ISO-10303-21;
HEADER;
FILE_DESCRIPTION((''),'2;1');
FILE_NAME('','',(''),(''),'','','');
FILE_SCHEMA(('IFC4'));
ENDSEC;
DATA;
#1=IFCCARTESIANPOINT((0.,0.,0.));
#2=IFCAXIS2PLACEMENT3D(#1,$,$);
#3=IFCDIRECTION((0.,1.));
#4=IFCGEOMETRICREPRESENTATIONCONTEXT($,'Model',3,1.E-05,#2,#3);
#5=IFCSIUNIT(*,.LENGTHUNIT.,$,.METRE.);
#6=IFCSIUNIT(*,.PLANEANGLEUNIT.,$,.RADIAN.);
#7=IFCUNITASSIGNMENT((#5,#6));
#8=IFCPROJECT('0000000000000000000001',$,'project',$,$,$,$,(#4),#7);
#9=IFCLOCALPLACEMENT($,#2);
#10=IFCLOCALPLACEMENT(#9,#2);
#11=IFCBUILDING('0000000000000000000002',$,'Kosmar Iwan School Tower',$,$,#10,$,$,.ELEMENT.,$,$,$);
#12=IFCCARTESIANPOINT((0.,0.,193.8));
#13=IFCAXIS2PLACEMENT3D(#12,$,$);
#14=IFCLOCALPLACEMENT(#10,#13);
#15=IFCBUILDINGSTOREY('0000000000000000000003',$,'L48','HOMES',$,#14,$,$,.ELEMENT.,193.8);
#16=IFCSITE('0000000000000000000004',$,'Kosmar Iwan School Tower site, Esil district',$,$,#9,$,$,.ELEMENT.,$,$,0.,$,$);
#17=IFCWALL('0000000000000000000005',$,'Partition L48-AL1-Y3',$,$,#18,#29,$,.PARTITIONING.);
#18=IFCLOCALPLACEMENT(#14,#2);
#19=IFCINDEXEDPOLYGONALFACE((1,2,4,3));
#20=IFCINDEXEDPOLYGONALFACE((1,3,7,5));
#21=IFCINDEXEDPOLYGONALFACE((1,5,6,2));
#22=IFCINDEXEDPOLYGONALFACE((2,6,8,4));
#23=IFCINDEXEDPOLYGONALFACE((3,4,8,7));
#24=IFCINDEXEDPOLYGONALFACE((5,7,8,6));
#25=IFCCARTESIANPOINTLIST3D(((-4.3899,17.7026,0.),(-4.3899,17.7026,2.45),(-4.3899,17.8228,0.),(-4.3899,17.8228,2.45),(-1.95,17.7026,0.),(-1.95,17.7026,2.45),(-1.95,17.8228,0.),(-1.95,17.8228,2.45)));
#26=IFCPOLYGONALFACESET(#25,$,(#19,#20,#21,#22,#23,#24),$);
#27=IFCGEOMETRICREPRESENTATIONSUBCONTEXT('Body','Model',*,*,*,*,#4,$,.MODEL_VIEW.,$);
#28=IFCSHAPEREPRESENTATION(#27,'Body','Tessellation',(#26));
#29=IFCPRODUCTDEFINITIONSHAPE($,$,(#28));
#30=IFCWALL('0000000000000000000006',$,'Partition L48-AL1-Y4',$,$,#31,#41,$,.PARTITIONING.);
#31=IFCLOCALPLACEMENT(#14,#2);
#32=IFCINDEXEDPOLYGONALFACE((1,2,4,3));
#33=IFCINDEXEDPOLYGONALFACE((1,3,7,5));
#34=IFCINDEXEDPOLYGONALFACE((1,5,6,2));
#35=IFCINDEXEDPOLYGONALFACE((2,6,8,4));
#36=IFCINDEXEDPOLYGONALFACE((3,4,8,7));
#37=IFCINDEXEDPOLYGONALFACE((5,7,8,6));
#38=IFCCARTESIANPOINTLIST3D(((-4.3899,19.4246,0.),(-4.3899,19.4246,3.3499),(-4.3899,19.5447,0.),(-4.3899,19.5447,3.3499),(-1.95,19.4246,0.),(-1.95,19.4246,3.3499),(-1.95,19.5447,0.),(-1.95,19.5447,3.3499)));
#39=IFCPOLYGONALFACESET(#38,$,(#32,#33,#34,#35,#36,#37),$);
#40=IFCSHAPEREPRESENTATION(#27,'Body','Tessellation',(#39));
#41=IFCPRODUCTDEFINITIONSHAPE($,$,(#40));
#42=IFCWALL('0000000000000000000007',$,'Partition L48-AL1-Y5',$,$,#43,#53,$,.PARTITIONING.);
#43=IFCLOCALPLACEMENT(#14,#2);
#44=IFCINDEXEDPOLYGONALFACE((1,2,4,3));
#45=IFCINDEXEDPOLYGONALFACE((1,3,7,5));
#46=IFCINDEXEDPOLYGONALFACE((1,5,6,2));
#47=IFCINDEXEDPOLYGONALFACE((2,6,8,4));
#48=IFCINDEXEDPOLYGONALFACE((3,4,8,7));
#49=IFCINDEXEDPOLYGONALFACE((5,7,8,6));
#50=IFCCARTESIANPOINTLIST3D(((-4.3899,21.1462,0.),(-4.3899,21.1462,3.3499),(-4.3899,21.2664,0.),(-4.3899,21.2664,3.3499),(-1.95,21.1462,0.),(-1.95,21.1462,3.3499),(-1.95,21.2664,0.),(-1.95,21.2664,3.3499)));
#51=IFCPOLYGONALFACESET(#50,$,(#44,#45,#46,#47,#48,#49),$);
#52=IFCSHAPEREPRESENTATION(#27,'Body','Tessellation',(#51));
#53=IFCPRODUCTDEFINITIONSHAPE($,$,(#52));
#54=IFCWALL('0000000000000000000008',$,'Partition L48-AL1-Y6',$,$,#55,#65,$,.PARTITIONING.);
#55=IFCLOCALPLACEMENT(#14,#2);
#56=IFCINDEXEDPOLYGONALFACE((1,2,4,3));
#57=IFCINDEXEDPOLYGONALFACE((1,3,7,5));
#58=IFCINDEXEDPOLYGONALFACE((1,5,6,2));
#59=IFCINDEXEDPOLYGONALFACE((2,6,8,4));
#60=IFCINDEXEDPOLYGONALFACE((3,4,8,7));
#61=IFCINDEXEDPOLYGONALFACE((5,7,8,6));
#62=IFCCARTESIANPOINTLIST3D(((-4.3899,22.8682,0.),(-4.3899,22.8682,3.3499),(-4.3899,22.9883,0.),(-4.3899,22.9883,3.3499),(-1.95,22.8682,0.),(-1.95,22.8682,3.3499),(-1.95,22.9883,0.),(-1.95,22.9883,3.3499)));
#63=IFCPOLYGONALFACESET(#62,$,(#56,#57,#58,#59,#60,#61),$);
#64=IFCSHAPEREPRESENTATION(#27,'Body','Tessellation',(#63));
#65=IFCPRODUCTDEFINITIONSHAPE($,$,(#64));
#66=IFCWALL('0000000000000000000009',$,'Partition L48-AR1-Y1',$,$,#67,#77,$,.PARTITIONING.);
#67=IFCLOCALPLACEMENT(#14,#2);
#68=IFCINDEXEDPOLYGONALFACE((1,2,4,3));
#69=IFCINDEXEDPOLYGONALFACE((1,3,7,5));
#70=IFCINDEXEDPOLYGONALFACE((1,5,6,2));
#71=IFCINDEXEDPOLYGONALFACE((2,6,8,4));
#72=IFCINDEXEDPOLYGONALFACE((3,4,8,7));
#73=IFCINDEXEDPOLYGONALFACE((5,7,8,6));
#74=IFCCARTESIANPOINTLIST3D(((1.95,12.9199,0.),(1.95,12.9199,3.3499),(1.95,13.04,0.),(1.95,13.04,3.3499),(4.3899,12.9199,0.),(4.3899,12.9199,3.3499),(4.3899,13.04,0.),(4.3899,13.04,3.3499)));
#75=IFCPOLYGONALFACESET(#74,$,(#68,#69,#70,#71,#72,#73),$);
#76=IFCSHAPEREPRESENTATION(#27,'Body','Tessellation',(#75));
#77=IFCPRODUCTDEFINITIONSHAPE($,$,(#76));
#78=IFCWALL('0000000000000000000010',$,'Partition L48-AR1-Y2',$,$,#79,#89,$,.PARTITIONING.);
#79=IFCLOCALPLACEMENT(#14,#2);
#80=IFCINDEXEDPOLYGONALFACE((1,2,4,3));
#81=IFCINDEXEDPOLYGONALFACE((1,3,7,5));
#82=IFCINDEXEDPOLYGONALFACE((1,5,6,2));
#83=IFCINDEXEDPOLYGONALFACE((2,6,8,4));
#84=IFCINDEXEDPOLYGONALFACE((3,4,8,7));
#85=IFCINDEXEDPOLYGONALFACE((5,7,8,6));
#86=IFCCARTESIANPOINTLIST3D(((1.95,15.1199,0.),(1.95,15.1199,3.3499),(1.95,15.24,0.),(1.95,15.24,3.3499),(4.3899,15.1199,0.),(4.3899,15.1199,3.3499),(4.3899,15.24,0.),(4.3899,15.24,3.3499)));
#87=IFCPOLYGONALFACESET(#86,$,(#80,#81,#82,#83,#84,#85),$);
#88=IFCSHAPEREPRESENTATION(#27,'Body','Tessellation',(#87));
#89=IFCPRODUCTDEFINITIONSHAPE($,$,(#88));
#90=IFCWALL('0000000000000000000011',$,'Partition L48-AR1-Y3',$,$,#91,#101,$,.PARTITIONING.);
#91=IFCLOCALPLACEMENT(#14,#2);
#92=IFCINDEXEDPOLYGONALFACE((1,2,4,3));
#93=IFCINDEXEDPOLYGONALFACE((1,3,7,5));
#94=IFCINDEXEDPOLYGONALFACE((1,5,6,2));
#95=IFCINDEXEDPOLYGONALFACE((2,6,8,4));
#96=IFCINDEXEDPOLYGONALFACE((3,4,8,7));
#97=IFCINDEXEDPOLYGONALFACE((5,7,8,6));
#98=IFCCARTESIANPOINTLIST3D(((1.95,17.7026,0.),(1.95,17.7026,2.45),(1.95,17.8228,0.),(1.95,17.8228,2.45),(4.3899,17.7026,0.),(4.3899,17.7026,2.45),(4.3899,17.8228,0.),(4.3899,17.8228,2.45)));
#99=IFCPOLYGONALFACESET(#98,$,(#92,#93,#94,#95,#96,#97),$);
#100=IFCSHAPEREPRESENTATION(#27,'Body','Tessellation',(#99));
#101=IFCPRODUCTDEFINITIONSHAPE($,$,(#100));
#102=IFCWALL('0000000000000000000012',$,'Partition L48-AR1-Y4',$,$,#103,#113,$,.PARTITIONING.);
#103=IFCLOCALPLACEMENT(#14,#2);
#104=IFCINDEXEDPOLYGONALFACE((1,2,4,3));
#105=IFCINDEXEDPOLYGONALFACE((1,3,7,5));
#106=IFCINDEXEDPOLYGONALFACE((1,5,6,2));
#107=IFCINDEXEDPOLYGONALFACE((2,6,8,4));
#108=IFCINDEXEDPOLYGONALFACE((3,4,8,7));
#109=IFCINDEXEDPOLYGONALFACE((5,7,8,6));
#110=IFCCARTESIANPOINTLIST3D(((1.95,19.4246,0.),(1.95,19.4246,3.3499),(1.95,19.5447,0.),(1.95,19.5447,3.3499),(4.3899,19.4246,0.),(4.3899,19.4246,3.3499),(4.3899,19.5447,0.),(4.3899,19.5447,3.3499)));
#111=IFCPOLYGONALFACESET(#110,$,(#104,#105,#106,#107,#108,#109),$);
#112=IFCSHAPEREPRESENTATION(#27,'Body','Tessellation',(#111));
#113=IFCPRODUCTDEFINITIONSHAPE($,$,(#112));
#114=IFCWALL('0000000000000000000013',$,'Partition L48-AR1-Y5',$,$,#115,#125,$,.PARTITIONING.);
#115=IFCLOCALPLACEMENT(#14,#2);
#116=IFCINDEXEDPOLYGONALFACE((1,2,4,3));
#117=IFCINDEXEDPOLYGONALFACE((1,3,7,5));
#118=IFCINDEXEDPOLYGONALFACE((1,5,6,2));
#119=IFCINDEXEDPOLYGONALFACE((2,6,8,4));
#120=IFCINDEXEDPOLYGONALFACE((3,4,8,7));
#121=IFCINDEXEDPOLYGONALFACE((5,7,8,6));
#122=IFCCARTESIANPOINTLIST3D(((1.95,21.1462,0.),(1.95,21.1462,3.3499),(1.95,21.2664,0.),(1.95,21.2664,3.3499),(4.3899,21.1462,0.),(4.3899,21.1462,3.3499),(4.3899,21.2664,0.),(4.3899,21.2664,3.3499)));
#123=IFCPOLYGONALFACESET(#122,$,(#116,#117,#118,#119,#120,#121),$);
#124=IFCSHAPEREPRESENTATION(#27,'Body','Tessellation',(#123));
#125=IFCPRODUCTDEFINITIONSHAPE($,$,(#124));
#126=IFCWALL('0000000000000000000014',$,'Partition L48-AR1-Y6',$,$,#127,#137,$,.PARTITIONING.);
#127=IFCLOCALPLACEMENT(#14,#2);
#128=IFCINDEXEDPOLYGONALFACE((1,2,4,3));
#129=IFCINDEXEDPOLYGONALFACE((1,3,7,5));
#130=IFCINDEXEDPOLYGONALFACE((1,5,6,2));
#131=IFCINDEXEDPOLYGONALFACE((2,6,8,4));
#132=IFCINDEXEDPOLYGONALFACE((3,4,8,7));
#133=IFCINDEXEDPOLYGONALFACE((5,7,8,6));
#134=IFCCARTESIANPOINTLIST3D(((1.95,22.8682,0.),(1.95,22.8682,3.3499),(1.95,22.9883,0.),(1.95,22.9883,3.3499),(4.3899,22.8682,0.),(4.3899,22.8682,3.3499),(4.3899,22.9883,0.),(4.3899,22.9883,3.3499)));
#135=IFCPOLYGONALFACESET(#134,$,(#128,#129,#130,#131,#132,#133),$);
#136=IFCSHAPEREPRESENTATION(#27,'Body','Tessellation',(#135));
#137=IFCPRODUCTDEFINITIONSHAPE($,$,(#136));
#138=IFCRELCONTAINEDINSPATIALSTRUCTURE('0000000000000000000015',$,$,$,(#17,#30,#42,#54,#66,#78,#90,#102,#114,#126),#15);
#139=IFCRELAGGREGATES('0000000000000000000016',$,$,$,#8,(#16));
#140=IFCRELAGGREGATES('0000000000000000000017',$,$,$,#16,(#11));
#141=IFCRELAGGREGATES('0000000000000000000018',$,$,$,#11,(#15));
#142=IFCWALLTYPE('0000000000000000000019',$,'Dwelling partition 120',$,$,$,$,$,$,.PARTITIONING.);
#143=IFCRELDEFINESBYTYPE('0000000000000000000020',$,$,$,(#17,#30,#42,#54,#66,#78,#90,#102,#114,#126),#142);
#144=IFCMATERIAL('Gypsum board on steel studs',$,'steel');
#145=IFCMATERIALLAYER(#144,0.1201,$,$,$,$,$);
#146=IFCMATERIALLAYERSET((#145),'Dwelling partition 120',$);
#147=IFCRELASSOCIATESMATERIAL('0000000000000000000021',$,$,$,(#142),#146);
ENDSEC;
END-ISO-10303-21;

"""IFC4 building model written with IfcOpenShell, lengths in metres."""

from ifc_helpers import new_model, si_unit, direction, frame, frame_2d, origin, place, context, subcontext, project, spatial, rectangle, extrude, material, layer, layer_set, type_object, element, save


model = new_model("IFC4")

# Units and contexts
model_context = context("Model", 3, precision=1e-05, world=origin(), true_north=direction((0.0, 1.0)))
body_context = subcontext(model_context, "Body", "Model", "MODEL_VIEW")
ifc_project = project(units=[si_unit("LENGTHUNIT", "METRE"), si_unit("PLANEANGLEUNIT", "RADIAN")], contexts=[model_context])

# Site, building, storey
site_placement = place(None, origin())
site = spatial("IfcSite", under=ifc_project, at=site_placement, Name="Kosmar Iwan School Tower site, Esil district", CompositionType="ELEMENT", RefElevation=0.0)
building_placement = place(site_placement, origin())
building = spatial("IfcBuilding", under=site, at=building_placement, Name="Kosmar Iwan School Tower", CompositionType="ELEMENT")
storey_placement = place(building_placement, frame((0.0, 0.0, 193.8)))
storey = spatial("IfcBuildingStorey", under=building, at=storey_placement, Name="L48", Description="HOMES", CompositionType="ELEMENT", Elevation=193.8)

# Walls
ifc_material_1 = material(Name="Gypsum board on steel studs", Category="steel")
ifc_layer_1 = layer(ifc_material_1, 0.1201)
ifc_layer_set_1 = layer_set([ifc_layer_1], Name="Dwelling partition 120")
wall_type_1 = type_object("IfcWallType", Name="Dwelling partition 120", PredefinedType="PARTITIONING", material=ifc_layer_set_1)
wall_1_placement = place(storey_placement, frame((-1.95, 17.7627, 0.0), z_axis=(0.0, 0.0, 1.0), x_axis=(-1.0, 0.0, 0.0)))
element("IfcWall", 1, at=wall_1_placement, inside=storey, type_object=wall_type_1, Name="Partition L48-AL1-Y3", PredefinedType="PARTITIONING", context=body_context, shape_type="SweptSolid", body=[
    extrude(rectangle(XDim=2.4399, YDim=0.1201, at=frame_2d((1.22, 0.0))), origin(), (0.0, 0.0, 1.0), 2.45),
])
for number, where, z_axis, x_axis, name in (
    (2, (-1.95, 19.4846, 0.0), (0.0, 0.0, 1.0), (-1.0, 0.0, 0.0), "Partition L48-AL1-Y4"),
    (3, (-1.95, 21.2063, 0.0), (0.0, 0.0, 1.0), (-1.0, 0.0, 0.0), "Partition L48-AL1-Y5"),
    (4, (-1.95, 22.9282, 0.0), (0.0, 0.0, 1.0), (-1.0, 0.0, 0.0), "Partition L48-AL1-Y6"),
    (5, (1.95, 12.98, 0.0), (0.0, 0.0, 1.0), (1.0, 0.0, 0.0), "Partition L48-AR1-Y1"),
    (6, (1.95, 15.1799, 0.0), (0.0, 0.0, 1.0), (1.0, 0.0, 0.0), "Partition L48-AR1-Y2"),
):
    element("IfcWall", number, at=place(storey_placement, frame(where, z_axis=z_axis, x_axis=x_axis)), inside=storey, type_object=wall_type_1, Name=name, PredefinedType="PARTITIONING", context=body_context, shape_type="SweptSolid", body=[
        extrude(rectangle(XDim=2.4399, YDim=0.1201, at=frame_2d((1.22, 0.0))), origin(), (0.0, 0.0, 1.0), 3.3499),
    ])
wall_2_placement = place(storey_placement, frame((1.95, 17.7627, 0.0), z_axis=(0.0, 0.0, 1.0), x_axis=(1.0, 0.0, 0.0)))
element("IfcWall", 7, at=wall_2_placement, inside=storey, type_object=wall_type_1, Name="Partition L48-AR1-Y3", PredefinedType="PARTITIONING", context=body_context, shape_type="SweptSolid", body=[
    extrude(rectangle(XDim=2.4399, YDim=0.1201, at=frame_2d((1.22, 0.0))), origin(), (0.0, 0.0, 1.0), 2.45),
])
for number, where, z_axis, x_axis, name in (
    (8, (1.95, 19.4846, 0.0), (0.0, 0.0, 1.0), (1.0, 0.0, 0.0), "Partition L48-AR1-Y4"),
    (9, (1.95, 21.2063, 0.0), (0.0, 0.0, 1.0), (1.0, 0.0, 0.0), "Partition L48-AR1-Y5"),
    (10, (1.95, 22.9282, 0.0), (0.0, 0.0, 1.0), (1.0, 0.0, 0.0), "Partition L48-AR1-Y6"),
):
    element("IfcWall", number, at=place(storey_placement, frame(where, z_axis=z_axis, x_axis=x_axis)), inside=storey, type_object=wall_type_1, Name=name, PredefinedType="PARTITIONING", context=body_context, shape_type="SweptSolid", body=[
        extrude(rectangle(XDim=2.4399, YDim=0.1201, at=frame_2d((1.22, 0.0))), origin(), (0.0, 0.0, 1.0), 3.3499),
    ])

save(model, "model.ifc")
